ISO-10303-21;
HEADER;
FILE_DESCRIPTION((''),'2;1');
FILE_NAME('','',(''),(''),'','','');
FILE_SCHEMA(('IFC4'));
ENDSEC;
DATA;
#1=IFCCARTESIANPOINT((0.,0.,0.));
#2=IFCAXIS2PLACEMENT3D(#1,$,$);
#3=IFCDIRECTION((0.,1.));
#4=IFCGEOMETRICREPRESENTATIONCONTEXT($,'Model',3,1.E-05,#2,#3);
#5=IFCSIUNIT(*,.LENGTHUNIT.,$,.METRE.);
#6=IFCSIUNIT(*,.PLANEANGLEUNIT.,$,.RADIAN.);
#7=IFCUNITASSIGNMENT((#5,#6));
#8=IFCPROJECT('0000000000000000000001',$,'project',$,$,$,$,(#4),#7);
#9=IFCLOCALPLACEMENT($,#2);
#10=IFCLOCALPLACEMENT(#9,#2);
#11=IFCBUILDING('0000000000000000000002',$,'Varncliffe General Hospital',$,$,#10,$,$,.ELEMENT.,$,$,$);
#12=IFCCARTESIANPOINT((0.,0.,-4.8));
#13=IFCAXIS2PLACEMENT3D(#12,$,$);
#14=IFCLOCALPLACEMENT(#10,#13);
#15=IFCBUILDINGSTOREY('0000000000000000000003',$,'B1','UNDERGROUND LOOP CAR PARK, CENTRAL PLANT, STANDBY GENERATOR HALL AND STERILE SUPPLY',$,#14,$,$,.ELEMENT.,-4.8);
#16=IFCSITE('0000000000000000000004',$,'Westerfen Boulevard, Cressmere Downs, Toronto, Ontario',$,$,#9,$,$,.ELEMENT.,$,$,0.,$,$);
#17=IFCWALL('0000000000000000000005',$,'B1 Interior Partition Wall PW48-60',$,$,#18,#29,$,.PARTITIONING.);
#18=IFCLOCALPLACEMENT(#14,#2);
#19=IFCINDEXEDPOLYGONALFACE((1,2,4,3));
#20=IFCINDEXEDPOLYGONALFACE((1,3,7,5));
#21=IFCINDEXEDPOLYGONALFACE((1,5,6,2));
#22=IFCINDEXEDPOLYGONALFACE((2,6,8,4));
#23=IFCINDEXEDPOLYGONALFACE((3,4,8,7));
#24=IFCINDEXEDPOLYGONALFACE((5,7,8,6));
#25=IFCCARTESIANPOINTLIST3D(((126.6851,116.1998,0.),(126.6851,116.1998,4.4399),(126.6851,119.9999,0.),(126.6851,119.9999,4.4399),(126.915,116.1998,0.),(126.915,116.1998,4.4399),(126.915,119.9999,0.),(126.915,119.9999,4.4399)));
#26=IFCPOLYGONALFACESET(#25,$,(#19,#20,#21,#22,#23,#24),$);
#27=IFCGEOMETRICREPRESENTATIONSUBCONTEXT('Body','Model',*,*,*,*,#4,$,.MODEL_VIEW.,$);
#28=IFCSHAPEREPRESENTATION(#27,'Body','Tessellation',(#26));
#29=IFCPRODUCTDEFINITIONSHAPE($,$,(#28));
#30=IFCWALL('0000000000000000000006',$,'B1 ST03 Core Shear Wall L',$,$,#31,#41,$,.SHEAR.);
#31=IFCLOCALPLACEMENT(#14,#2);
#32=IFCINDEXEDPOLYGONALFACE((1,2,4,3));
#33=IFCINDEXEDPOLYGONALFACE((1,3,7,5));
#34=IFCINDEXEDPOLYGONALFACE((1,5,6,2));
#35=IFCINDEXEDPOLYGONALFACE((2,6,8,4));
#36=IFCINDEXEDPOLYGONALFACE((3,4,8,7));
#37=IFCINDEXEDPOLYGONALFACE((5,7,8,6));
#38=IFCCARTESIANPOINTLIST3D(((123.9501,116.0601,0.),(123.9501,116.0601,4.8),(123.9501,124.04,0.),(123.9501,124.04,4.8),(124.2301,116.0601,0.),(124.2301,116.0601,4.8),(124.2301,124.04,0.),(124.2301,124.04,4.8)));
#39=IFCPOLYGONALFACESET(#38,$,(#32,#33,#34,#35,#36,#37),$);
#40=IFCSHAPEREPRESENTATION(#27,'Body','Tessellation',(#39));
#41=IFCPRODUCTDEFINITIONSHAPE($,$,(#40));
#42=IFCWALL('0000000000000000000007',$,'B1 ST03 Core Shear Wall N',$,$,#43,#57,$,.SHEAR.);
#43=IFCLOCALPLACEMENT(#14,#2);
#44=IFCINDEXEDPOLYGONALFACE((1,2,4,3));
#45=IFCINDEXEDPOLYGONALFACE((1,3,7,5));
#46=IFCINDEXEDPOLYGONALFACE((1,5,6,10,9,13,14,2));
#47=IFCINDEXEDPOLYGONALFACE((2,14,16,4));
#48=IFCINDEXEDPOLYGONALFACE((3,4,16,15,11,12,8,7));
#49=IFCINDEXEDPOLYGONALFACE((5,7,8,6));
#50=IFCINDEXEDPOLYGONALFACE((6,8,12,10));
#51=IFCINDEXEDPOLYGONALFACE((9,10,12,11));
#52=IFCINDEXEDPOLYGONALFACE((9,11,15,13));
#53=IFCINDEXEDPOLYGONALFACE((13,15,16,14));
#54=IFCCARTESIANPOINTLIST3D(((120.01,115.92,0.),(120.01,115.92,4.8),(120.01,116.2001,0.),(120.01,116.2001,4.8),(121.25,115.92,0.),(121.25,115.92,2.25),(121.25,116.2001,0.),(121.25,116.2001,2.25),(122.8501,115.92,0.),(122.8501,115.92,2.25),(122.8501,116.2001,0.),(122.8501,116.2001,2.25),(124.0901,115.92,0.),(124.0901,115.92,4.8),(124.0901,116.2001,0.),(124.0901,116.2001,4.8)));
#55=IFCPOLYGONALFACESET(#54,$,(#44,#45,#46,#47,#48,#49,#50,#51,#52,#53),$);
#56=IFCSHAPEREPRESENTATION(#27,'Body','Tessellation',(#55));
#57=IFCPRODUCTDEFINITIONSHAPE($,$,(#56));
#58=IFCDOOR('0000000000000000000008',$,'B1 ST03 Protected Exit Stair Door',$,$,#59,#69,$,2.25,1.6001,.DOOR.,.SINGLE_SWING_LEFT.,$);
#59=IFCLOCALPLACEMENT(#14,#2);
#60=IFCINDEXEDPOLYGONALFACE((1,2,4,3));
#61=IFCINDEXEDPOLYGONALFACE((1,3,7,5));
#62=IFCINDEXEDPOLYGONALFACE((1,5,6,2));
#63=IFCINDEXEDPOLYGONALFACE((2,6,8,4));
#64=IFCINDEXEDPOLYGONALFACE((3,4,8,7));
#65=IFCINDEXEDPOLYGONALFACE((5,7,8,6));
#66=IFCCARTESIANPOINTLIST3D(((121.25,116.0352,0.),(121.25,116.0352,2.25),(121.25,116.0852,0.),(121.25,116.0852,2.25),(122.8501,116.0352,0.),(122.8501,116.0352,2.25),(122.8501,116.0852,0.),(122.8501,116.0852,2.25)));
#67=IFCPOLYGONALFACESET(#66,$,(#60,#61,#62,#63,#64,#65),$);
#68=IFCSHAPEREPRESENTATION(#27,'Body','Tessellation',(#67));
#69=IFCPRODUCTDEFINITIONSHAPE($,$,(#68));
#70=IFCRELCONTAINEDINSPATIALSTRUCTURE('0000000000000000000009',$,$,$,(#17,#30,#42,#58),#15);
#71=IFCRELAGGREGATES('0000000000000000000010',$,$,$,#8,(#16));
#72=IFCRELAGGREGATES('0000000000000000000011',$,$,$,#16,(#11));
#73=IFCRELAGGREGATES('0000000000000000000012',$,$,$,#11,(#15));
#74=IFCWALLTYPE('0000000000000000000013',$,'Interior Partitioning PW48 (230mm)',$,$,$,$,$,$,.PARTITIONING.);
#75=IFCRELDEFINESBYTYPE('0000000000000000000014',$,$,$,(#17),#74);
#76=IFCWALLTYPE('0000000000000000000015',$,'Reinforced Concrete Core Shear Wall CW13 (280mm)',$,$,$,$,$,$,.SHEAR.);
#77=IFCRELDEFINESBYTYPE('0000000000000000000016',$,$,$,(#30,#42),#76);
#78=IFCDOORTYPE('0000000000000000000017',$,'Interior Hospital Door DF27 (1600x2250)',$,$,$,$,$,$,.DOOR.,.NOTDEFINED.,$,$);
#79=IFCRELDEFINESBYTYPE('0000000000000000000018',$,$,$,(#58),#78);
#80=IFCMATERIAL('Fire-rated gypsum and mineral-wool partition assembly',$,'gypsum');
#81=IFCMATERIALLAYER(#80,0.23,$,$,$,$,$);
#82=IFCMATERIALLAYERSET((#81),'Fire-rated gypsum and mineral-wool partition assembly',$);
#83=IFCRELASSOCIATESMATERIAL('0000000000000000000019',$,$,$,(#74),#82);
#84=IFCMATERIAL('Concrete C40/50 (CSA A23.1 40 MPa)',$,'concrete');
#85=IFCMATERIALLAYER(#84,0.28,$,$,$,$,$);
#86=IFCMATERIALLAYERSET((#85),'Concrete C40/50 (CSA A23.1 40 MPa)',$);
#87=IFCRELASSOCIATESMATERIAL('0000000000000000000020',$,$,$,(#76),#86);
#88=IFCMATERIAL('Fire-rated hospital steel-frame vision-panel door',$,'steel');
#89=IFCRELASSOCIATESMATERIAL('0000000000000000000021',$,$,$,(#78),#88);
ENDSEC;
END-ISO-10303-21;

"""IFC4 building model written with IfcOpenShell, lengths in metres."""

from ifc_helpers import new_model, si_unit, direction, frame, frame_2d, origin, place, context, subcontext, project, spatial, rectangle, extrude, material, layer, layer_set, type_object, element, fill, save


model = new_model("IFC4")

# Units and contexts
model_context = context("Model", 3, precision=1e-05, world=origin(), true_north=direction((0.0, 1.0)))
body_context = subcontext(model_context, "Body", "Model", "MODEL_VIEW")
ifc_project = project(units=[si_unit("LENGTHUNIT", "METRE"), si_unit("PLANEANGLEUNIT", "RADIAN")], contexts=[model_context])

# Site, building, storey
site_placement = place(None, origin())
site = spatial("IfcSite", under=ifc_project, at=site_placement, Name="Westerfen Boulevard, Cressmere Downs, Toronto, Ontario", CompositionType="ELEMENT", RefElevation=0.0)
building_placement = place(site_placement, origin())
building = spatial("IfcBuilding", under=site, at=building_placement, Name="Varncliffe General Hospital", CompositionType="ELEMENT")
storey_placement = place(building_placement, frame((0.0, 0.0, -4.8)))
storey = spatial("IfcBuildingStorey", under=building, at=storey_placement, Name="B1", Description="UNDERGROUND LOOP CAR PARK, CENTRAL PLANT, STANDBY GENERATOR HALL AND STERILE SUPPLY", CompositionType="ELEMENT", Elevation=-4.8)

# Shared definitions
ifc_material_1 = material(Name="Concrete C40/50 (CSA A23.1 40 MPa)", Category="concrete")

# Shared definitions
ifc_material_2 = material(Name="Fire-rated gypsum and mineral-wool partition assembly", Category="gypsum")
ifc_material_3 = material(Name="Fire-rated hospital steel-frame vision-panel door", Category="steel")

# Walls
ifc_layer_1 = layer(ifc_material_2, 0.23)
ifc_layer_set_1 = layer_set([ifc_layer_1], Name="Fire-rated gypsum and mineral-wool partition assembly")
wall_type_1 = type_object("IfcWallType", Name="Interior Partitioning PW48 (230mm)", PredefinedType="PARTITIONING", material=ifc_layer_set_1)
wall_1_placement = place(storey_placement, frame((126.8, 116.2, 0.0), z_axis=(0.0, 0.0, 1.0), x_axis=(0.0, 1.0, 0.0)))
element("IfcWall", 1, at=wall_1_placement, inside=storey, type_object=wall_type_1, Name="B1 Interior Partition Wall PW48-60", PredefinedType="PARTITIONING", context=body_context, shape_type="SweptSolid", body=[
    extrude(rectangle(XDim=3.8, YDim=0.23, at=frame_2d((1.8999, 0.0))), origin(), (0.0, 0.0, 1.0), 4.4399),
])
ifc_layer_2 = layer(ifc_material_1, 0.28)
ifc_layer_set_2 = layer_set([ifc_layer_2], Name="Concrete C40/50 (CSA A23.1 40 MPa)")
wall_type_2 = type_object("IfcWallType", Name="Reinforced Concrete Core Shear Wall CW13 (280mm)", PredefinedType="SHEAR", material=ifc_layer_set_2)
wall_2_placement = place(storey_placement, frame((124.0901, 116.0601, 0.0), z_axis=(0.0, 0.0, 1.0), x_axis=(0.0, 1.0, 0.0)))
element("IfcWall", 2, at=wall_2_placement, inside=storey, type_object=wall_type_2, Name="B1 ST03 Core Shear Wall L", PredefinedType="SHEAR", context=body_context, shape_type="SweptSolid", body=[
    extrude(rectangle(XDim=7.98, YDim=0.28, at=frame_2d((3.99, 0.0))), origin(), (0.0, 0.0, 1.0), 4.8),
])

# Wall, opening, door
wall_3_placement = place(storey_placement, frame((120.01, 116.0601, 0.0), z_axis=(0.0, 0.0, 1.0), x_axis=(1.0, 0.0, 0.0)))
wall_3 = element("IfcWall", 3, at=wall_3_placement, inside=storey, type_object=wall_type_2, Name="B1 ST03 Core Shear Wall N", PredefinedType="SHEAR", context=body_context, shape_type="SweptSolid", body=[
    extrude(rectangle(XDim=4.0801, YDim=0.28, at=frame_2d((2.04, 0.0))), origin(), (0.0, 0.0, 1.0), 4.8),
])
opening_1_placement = place(wall_3_placement, frame((1.24, 0.0, 0.0)))
opening_1 = element("IfcOpeningElement", 4, at=opening_1_placement, cuts=wall_3, PredefinedType="OPENING", context=body_context, shape_type="SweptSolid", body=[
    extrude(rectangle(XDim=1.6001, YDim=2.25, at=frame_2d((0.8, 1.125))), frame((0.0, 0.1499, 0.0), z_axis=(0.0, -1.0, 0.0), x_axis=(1.0, 0.0, 0.0)), (0.0, 0.0, 1.0), 0.3),
])
door_type_1 = type_object("IfcDoorType", Name="Interior Hospital Door DF27 (1600x2250)", OperationType="NOTDEFINED", PredefinedType="DOOR", material=ifc_material_3)
door_1_placement = place(opening_1_placement, frame((1.6001, 0.0, 0.0), z_axis=(0.0, 0.0, 1.0), x_axis=(-1.0, 0.0, 0.0)))
door_1 = element("IfcDoor", 5, at=door_1_placement, inside=storey, type_object=door_type_1, Name="B1 ST03 Protected Exit Stair Door", OperationType="SINGLE_SWING_LEFT", OverallHeight=2.25, OverallWidth=1.6001, PredefinedType="DOOR", context=body_context, shape_type="SweptSolid", body=[
    extrude(rectangle(XDim=1.6001, YDim=2.25, at=frame_2d((0.8, 1.125))), frame((0.0, 0.0249, 0.0), z_axis=(0.0, -1.0, 0.0), x_axis=(1.0, 0.0, 0.0)), (0.0, 0.0, 1.0), 0.05),
])
fill(opening_1, door_1)

save(model, "model.ifc")
